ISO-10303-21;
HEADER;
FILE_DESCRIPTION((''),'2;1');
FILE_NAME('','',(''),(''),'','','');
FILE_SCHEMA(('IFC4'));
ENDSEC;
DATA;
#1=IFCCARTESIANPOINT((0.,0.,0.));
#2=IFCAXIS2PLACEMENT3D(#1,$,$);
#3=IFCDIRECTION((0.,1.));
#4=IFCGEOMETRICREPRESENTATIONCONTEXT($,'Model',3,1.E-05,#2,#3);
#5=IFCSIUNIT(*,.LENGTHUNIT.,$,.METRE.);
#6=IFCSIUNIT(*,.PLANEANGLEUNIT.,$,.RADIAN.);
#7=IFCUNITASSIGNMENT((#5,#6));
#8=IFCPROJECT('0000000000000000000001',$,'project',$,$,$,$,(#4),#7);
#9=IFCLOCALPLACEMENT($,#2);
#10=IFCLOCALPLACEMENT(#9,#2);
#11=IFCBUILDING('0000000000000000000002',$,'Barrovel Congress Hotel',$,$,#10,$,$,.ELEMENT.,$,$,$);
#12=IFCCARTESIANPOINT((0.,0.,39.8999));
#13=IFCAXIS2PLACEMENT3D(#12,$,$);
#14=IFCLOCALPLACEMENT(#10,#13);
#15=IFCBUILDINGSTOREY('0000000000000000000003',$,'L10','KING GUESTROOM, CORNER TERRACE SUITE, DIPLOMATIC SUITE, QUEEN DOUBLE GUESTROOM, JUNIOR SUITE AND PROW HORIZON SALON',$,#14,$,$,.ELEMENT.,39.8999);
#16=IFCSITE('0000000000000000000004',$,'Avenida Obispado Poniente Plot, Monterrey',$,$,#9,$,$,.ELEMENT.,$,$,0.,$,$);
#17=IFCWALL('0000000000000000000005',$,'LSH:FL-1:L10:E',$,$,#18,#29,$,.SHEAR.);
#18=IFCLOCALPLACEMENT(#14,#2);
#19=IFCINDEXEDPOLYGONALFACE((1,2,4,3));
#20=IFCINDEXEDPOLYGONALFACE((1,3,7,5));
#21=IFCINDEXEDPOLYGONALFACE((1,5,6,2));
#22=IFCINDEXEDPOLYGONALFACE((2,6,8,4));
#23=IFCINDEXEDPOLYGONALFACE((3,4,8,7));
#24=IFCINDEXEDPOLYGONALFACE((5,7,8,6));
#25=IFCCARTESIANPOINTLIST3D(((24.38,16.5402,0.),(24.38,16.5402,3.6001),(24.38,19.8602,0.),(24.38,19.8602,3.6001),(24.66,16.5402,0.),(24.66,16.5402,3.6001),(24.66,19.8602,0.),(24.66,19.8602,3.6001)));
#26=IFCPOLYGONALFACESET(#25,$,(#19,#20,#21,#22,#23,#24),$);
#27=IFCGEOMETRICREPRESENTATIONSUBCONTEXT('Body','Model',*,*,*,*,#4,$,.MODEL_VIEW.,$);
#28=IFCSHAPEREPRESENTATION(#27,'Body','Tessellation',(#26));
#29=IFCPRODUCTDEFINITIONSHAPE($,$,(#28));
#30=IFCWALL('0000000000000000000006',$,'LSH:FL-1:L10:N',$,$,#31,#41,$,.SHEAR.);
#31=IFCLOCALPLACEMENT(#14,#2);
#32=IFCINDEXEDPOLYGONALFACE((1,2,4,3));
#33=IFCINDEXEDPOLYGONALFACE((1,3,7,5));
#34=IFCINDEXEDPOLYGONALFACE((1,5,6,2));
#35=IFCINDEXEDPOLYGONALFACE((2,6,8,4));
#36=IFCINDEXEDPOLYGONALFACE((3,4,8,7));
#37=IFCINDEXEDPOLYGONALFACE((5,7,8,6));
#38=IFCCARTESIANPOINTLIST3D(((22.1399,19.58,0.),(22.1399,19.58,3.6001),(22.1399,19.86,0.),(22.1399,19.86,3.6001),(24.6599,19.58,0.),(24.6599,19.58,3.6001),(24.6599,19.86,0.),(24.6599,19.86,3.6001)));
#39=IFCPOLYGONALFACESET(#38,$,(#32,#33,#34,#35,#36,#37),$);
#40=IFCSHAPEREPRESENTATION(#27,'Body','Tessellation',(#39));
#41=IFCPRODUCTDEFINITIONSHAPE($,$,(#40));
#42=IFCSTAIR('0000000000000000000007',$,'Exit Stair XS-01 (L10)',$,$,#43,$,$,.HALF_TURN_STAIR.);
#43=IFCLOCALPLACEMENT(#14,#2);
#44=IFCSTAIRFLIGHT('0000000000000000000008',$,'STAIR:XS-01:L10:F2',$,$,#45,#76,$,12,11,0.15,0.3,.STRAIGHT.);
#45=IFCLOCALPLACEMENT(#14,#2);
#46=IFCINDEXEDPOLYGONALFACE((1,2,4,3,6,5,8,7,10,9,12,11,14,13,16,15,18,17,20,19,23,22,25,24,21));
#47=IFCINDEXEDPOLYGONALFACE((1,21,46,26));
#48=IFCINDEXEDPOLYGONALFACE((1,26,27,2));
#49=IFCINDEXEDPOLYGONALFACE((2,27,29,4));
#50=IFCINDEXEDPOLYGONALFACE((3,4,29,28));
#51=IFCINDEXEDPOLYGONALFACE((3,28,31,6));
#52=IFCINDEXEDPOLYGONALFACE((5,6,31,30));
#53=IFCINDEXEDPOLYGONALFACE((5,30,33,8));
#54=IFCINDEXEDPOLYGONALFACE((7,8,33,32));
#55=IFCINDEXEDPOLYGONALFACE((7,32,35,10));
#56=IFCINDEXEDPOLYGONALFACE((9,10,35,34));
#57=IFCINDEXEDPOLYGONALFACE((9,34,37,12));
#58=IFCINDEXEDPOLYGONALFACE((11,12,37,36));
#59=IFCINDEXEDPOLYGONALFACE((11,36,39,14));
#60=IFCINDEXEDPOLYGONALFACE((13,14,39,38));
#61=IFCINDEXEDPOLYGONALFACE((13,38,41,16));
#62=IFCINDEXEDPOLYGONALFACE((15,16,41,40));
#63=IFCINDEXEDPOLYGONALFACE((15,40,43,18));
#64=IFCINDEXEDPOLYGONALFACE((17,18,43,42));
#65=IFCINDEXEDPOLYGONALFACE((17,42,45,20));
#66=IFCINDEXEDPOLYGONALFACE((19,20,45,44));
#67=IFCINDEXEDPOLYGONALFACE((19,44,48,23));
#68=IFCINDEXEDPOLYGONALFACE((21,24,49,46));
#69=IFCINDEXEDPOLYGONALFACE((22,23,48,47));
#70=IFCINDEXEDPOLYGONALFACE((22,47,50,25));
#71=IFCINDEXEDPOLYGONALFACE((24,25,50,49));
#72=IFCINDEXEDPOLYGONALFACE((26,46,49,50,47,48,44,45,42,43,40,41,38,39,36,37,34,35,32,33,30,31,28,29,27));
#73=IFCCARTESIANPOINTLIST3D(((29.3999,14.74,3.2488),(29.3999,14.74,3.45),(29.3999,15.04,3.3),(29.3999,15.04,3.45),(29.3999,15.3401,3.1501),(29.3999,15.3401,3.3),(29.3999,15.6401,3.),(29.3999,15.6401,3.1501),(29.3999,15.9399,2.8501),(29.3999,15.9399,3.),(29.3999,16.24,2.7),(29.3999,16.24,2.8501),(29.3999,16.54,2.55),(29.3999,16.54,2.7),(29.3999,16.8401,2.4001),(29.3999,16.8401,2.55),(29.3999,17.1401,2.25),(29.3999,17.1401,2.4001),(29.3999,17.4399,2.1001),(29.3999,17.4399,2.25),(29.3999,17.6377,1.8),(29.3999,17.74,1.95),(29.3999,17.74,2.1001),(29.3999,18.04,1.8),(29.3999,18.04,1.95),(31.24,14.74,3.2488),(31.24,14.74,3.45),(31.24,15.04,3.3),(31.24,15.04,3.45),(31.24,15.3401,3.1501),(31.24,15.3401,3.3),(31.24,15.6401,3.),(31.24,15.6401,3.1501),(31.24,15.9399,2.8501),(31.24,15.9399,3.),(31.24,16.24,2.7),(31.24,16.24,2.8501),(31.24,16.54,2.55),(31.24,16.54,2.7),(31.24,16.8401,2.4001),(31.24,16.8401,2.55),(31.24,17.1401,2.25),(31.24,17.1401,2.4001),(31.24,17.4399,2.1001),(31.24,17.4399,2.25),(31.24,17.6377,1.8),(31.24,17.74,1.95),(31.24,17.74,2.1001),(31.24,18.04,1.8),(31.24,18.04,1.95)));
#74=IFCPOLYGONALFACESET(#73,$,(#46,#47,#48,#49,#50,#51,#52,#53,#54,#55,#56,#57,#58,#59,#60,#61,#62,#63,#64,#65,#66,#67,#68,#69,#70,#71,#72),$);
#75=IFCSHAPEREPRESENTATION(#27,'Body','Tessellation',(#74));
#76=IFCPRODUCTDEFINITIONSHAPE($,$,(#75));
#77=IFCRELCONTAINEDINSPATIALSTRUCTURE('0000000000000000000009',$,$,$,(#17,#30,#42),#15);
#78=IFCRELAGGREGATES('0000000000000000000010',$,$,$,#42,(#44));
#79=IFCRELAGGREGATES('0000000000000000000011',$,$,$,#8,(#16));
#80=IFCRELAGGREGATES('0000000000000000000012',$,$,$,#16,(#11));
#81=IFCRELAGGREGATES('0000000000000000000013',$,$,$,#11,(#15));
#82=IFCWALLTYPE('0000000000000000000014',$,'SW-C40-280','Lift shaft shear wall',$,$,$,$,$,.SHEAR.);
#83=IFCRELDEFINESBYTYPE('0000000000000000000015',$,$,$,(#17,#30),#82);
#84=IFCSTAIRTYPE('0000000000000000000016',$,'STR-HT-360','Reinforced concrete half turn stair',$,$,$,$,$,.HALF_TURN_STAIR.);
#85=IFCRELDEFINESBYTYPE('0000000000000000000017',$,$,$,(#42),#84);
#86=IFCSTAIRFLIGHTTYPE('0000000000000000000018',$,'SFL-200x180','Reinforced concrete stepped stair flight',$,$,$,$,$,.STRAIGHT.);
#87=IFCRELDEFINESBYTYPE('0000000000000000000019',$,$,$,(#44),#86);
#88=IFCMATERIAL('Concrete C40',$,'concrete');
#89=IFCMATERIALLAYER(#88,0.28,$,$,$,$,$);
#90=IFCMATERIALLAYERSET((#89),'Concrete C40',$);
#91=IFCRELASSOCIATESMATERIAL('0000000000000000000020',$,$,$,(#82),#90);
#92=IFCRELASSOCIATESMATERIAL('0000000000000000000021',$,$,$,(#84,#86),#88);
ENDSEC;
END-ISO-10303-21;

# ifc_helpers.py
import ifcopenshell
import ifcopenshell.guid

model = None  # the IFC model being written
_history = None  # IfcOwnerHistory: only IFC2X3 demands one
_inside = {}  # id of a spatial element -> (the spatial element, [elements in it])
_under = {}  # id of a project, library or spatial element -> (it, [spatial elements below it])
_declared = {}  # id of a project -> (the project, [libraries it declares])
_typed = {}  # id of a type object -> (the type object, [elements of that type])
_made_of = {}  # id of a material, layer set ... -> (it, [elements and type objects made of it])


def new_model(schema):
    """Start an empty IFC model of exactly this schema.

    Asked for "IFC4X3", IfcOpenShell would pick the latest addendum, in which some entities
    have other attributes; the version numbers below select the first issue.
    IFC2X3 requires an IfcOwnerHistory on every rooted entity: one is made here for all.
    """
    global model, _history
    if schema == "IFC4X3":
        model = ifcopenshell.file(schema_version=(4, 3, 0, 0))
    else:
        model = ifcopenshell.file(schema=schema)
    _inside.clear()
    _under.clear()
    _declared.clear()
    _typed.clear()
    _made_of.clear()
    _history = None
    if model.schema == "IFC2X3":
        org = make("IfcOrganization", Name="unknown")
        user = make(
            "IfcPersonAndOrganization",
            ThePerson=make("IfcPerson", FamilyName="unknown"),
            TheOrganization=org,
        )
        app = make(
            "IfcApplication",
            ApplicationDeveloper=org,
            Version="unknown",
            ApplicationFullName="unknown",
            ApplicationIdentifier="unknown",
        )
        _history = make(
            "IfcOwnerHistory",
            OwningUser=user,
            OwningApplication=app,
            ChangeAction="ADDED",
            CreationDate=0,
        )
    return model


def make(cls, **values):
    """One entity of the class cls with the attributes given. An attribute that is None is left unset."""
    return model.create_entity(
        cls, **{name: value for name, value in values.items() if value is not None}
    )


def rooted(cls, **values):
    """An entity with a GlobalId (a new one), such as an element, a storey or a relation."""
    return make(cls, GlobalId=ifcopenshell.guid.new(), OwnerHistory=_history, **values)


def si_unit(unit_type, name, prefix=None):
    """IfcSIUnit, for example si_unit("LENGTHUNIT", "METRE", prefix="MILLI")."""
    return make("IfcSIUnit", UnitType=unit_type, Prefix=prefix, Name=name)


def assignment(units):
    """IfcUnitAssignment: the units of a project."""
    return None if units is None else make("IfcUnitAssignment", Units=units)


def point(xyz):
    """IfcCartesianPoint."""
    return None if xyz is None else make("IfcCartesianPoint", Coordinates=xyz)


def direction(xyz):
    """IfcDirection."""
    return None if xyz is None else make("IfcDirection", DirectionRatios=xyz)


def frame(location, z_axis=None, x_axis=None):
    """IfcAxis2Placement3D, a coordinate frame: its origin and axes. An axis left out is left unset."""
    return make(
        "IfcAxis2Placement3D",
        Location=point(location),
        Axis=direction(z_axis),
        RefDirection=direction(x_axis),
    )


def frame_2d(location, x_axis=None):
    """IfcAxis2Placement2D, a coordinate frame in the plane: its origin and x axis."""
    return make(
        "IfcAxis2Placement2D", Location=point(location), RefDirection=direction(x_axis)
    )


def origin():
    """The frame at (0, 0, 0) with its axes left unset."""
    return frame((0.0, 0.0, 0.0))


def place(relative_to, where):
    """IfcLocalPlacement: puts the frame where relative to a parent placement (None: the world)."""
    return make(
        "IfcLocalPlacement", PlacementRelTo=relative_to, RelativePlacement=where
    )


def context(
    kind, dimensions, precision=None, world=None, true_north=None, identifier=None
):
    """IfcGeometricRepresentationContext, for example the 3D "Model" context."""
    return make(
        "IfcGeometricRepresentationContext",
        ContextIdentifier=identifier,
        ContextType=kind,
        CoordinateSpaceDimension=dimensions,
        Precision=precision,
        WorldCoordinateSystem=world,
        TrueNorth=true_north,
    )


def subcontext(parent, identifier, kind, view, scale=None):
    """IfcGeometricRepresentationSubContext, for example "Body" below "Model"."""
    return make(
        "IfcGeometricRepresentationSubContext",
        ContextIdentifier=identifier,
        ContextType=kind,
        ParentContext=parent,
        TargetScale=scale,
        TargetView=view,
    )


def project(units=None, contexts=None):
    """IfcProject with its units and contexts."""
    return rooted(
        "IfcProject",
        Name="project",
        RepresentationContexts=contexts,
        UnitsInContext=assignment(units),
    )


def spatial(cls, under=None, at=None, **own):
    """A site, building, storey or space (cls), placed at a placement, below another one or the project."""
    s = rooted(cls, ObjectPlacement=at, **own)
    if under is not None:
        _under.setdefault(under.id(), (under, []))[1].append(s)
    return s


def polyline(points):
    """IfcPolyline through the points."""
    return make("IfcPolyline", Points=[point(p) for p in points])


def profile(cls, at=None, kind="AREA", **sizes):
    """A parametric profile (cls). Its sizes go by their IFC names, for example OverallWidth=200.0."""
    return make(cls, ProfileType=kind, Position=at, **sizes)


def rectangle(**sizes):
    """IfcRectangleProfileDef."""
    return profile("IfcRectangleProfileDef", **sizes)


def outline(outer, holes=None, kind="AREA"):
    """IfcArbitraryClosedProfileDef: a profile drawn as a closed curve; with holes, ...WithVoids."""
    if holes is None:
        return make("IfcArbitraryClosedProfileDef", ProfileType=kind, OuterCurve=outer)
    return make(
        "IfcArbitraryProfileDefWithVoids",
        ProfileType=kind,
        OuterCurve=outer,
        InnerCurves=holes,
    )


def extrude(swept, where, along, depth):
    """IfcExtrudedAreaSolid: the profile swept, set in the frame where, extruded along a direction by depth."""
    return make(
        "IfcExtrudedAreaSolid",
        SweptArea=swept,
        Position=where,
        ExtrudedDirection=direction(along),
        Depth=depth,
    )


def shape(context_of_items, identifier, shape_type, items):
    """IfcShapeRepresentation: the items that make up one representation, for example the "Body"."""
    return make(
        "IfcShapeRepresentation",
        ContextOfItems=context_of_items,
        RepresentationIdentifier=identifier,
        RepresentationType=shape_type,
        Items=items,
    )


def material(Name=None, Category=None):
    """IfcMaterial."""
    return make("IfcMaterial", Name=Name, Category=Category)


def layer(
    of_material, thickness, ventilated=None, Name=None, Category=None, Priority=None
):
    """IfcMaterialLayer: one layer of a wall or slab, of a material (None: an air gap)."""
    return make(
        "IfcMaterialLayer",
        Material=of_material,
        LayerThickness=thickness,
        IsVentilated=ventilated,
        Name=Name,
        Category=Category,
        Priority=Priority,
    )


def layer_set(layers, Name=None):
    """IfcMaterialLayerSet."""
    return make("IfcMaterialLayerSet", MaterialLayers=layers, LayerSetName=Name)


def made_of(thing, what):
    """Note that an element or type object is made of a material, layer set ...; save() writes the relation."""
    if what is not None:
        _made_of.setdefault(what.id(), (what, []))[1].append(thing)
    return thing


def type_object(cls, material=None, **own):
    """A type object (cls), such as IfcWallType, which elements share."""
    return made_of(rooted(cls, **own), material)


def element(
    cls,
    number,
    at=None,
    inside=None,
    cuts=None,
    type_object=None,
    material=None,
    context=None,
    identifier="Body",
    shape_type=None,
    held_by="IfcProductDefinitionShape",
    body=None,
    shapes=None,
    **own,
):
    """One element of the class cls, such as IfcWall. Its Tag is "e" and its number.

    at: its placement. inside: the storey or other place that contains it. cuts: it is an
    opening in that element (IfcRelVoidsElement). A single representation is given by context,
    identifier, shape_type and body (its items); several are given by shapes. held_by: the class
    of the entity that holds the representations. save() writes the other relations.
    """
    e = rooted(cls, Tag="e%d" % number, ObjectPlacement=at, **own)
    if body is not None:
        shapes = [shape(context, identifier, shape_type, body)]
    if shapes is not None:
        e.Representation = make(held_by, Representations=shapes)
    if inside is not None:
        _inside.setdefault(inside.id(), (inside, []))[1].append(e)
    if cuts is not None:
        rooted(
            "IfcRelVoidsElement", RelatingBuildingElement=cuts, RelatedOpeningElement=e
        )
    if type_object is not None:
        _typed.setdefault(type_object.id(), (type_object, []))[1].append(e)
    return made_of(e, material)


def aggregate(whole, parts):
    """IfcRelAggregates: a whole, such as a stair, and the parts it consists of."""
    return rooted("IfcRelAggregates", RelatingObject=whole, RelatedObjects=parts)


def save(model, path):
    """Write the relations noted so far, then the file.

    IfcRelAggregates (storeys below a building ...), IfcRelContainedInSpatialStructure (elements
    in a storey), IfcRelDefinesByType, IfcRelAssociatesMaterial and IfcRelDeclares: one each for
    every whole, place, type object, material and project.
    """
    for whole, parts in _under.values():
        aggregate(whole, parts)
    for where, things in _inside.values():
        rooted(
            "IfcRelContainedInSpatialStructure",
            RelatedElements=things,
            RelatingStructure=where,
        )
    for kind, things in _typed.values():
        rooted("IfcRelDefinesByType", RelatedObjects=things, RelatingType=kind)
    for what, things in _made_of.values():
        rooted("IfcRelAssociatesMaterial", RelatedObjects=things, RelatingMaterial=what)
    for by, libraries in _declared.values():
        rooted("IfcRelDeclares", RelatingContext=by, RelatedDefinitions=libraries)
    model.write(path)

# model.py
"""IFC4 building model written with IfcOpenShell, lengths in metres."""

from ifc_helpers import new_model, si_unit, direction, frame, frame_2d, origin, place, context, subcontext, project, spatial, polyline, rectangle, outline, extrude, material, layer, layer_set, type_object, element, aggregate, save


model = new_model("IFC4")

# Units and contexts
model_context = context("Model", 3, precision=1e-05, world=origin(), true_north=direction((0.0, 1.0)))
body_context = subcontext(model_context, "Body", "Model", "MODEL_VIEW")
ifc_project = project(units=[si_unit("LENGTHUNIT", "METRE"), si_unit("PLANEANGLEUNIT", "RADIAN")], contexts=[model_context])

# Site, building, storey
site_placement = place(None, origin())
site = spatial("IfcSite", under=ifc_project, at=site_placement, Name="Avenida Obispado Poniente Plot, Monterrey", CompositionType="ELEMENT", RefElevation=0.0)
building_placement = place(site_placement, origin())
building = spatial("IfcBuilding", under=site, at=building_placement, Name="Barrovel Congress Hotel", CompositionType="ELEMENT")
storey_placement = place(building_placement, frame((0.0, 0.0, 39.8999)))
storey = spatial("IfcBuildingStorey", under=building, at=storey_placement, Name="L10", Description="KING GUESTROOM, CORNER TERRACE SUITE, DIPLOMATIC SUITE, QUEEN DOUBLE GUESTROOM, JUNIOR SUITE AND PROW HORIZON SALON", CompositionType="ELEMENT", Elevation=39.8999)

# Shared definitions
ifc_material_1 = material(Name="Concrete C40", Category="concrete")

# Walls
ifc_layer_1 = layer(ifc_material_1, 0.28)
ifc_layer_set_1 = layer_set([ifc_layer_1], Name="Concrete C40")
wall_type_1 = type_object("IfcWallType", Name="SW-C40-280", Description="Lift shaft shear wall", PredefinedType="SHEAR", material=ifc_layer_set_1)
wall_1_placement = place(storey_placement, frame((24.52, 16.54, 0.0), z_axis=(0.0, 0.0, 1.0), x_axis=(0.0, 1.0, 0.0)))
element("IfcWall", 1, at=wall_1_placement, inside=storey, type_object=wall_type_1, Name="LSH:FL-1:L10:E", PredefinedType="SHEAR", context=body_context, shape_type="SweptSolid", body=[
    extrude(rectangle(XDim=3.3201, YDim=0.28, at=frame_2d((1.6602, 0.0))), origin(), (0.0, 0.0, 1.0), 3.6001),
])
wall_2_placement = place(storey_placement, frame((24.6599, 19.72, 0.0), z_axis=(0.0, 0.0, 1.0), x_axis=(-1.0, 0.0, 0.0)))
element("IfcWall", 2, at=wall_2_placement, inside=storey, type_object=wall_type_1, Name="LSH:FL-1:L10:N", PredefinedType="SHEAR", context=body_context, shape_type="SweptSolid", body=[
    extrude(rectangle(XDim=2.52, YDim=0.28, at=frame_2d((1.26, 0.0))), origin(), (0.0, 0.0, 1.0), 3.6001),
])

# Stair, stair flight
stair_type = type_object("IfcStairType", Name="STR-HT-360", Description="Reinforced concrete half turn stair", PredefinedType="HALF_TURN_STAIR", material=ifc_material_1)
stair_placement = place(storey_placement, origin())
stair = element("IfcStair", 3, at=stair_placement, inside=storey, type_object=stair_type, Name="Exit Stair XS-01 (L10)", PredefinedType="HALF_TURN_STAIR")
stair_flight_type = type_object("IfcStairFlightType", Name="SFL-200x180", Description="Reinforced concrete stepped stair flight", PredefinedType="STRAIGHT", material=ifc_material_1)
stair_flight_placement = place(storey_placement, frame((30.3201, 18.04, 1.8), z_axis=(0.0, 0.0, 1.0), x_axis=(0.0, -1.0, 0.0)))
stair_flight = element("IfcStairFlight", 4, at=stair_flight_placement, type_object=stair_flight_type, Name="STAIR:XS-01:L10:F2", NumberOfRisers=12, NumberOfTreads=11, PredefinedType="STRAIGHT", RiserHeight=0.15, TreadLength=0.3, context=body_context, shape_type="SweptSolid", body=[
    extrude(outline(polyline([(0.0, 0.0), (0.0, 0.1499), (0.3, 0.1499), (0.3, 0.3), (0.6001, 0.3), (0.6001, 0.45), (0.8999, 0.45), (0.8999, 0.6001), (1.2, 0.6001), (1.2, 0.75), (1.5, 0.75), (1.5, 0.8999), (1.8, 0.8999), (1.8, 1.05), (2.1001, 1.05), (2.1001, 1.2), (2.3999, 1.2), (2.3999, 1.3501), (2.7, 1.3501), (2.7, 1.5), (3.0, 1.5), (3.0, 1.6499), (3.3, 1.6499), (3.3, 1.8), (3.3, 1.4487), (0.4023, 0.0), (0.0, 0.0)])), frame((0.0, 0.9199, 0.0), z_axis=(0.0, -1.0, 0.0), x_axis=(1.0, 0.0, 0.0)), (0.0, 0.0, 1.0), 1.8401),
])
aggregate(stair, [stair_flight])

save(model, "model.ifc")
